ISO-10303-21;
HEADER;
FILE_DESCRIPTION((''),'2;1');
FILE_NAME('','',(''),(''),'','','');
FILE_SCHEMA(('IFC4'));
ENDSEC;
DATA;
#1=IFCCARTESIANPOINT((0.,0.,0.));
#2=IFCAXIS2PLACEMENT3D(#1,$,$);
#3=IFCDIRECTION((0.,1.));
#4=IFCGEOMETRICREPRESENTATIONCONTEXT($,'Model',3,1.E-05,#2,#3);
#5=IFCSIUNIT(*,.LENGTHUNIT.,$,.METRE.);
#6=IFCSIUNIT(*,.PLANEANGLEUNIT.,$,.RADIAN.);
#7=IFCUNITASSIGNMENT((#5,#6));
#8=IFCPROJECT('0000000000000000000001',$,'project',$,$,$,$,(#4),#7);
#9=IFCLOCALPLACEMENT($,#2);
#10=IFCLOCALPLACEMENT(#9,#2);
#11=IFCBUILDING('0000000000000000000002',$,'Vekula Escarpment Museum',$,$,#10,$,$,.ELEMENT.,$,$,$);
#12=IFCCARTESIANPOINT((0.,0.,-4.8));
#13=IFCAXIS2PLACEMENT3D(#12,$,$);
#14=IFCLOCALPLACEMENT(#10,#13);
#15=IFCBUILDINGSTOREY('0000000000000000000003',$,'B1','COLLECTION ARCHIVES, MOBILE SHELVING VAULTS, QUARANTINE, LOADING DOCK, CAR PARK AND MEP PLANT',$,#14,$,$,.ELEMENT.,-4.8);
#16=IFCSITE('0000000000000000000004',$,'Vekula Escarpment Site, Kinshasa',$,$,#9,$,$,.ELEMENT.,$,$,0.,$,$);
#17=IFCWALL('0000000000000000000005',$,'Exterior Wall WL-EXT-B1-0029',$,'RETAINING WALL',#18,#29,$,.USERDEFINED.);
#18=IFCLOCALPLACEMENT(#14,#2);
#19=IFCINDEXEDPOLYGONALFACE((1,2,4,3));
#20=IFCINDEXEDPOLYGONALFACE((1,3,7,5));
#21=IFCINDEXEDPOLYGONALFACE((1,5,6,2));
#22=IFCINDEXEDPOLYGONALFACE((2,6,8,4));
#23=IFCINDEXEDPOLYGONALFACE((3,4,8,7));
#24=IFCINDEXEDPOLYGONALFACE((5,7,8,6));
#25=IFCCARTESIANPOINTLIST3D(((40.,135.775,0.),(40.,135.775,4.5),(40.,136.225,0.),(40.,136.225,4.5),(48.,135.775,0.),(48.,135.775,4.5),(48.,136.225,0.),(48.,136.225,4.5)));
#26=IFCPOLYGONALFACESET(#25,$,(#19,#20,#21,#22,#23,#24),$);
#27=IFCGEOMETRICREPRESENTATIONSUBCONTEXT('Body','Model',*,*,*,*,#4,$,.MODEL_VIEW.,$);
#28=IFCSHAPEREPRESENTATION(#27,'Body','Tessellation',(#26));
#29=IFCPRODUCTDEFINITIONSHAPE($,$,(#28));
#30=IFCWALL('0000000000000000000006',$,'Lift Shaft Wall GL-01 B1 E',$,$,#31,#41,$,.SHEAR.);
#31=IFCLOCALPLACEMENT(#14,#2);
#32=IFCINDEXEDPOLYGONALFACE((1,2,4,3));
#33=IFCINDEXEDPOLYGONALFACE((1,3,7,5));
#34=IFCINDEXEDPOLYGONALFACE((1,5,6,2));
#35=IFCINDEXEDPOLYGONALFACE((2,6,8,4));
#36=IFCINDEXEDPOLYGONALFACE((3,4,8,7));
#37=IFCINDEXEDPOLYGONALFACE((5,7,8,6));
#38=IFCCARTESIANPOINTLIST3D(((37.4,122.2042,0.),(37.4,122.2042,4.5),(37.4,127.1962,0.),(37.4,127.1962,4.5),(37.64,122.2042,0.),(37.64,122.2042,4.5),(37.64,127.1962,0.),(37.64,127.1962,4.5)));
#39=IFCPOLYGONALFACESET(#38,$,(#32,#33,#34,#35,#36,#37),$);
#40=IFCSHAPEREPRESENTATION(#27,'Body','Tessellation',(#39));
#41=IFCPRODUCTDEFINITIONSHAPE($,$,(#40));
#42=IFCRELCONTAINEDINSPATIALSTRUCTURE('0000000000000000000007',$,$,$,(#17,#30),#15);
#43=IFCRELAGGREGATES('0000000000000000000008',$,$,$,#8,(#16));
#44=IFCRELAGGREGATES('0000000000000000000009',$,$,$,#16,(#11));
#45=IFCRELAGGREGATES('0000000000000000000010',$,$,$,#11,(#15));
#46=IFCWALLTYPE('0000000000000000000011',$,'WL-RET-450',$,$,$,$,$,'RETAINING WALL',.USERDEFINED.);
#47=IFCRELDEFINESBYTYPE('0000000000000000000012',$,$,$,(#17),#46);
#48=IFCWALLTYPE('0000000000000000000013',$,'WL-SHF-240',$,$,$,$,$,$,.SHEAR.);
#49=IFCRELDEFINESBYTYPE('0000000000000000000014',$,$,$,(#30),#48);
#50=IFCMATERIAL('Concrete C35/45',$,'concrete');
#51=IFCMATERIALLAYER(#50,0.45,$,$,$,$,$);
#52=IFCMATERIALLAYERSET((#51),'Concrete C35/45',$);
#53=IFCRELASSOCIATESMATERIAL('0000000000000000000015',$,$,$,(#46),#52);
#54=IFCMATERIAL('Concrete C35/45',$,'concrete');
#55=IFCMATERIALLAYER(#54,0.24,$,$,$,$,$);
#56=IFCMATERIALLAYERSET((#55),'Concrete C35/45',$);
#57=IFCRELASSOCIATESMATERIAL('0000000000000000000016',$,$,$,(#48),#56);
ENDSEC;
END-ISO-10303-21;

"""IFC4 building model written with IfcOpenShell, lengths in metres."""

from ifc_helpers import new_model, si_unit, direction, frame, frame_2d, origin, place, context, subcontext, project, spatial, rectangle, extrude, material, layer, layer_set, type_object, element, save


model = new_model("IFC4")

# Units and contexts
model_context = context("Model", 3, precision=1e-05, world=origin(), true_north=direction((0.0, 1.0)))
body_context = subcontext(model_context, "Body", "Model", "MODEL_VIEW")
ifc_project = project(units=[si_unit("LENGTHUNIT", "METRE"), si_unit("PLANEANGLEUNIT", "RADIAN")], contexts=[model_context])

# Site, building, storey
site_placement = place(None, origin())
site = spatial("IfcSite", under=ifc_project, at=site_placement, Name="Vekula Escarpment Site, Kinshasa", CompositionType="ELEMENT", RefElevation=0.0)
building_placement = place(site_placement, origin())
building = spatial("IfcBuilding", under=site, at=building_placement, Name="Vekula Escarpment Museum", CompositionType="ELEMENT")
storey_placement = place(building_placement, frame((0.0, 0.0, -4.8)))
storey = spatial("IfcBuildingStorey", under=building, at=storey_placement, Name="B1", Description="COLLECTION ARCHIVES, MOBILE SHELVING VAULTS, QUARANTINE, LOADING DOCK, CAR PARK AND MEP PLANT", CompositionType="ELEMENT", Elevation=-4.8)

# Walls
ifc_material_1 = material(Name="Concrete C35/45", Category="concrete")
ifc_layer_1 = layer(ifc_material_1, 0.45)
ifc_layer_set_1 = layer_set([ifc_layer_1], Name="Concrete C35/45")
wall_type_1 = type_object("IfcWallType", Name="WL-RET-450", ElementType="RETAINING WALL", PredefinedType="USERDEFINED", material=ifc_layer_set_1)
wall_1_placement = place(storey_placement, frame((40.0, 136.0, 0.0), z_axis=(0.0, 0.0, 1.0), x_axis=(1.0, 0.0, 0.0)))
element("IfcWall", 1, at=wall_1_placement, inside=storey, type_object=wall_type_1, Name="Exterior Wall WL-EXT-B1-0029", ObjectType="RETAINING WALL", PredefinedType="USERDEFINED", context=body_context, shape_type="SweptSolid", body=[
    extrude(rectangle(XDim=8.0, YDim=0.45, at=frame_2d((4.0, 0.0))), origin(), (0.0, 0.0, 1.0), 4.5),
])
ifc_material_2 = material(Name="Concrete C35/45", Category="concrete")
ifc_layer_2 = layer(ifc_material_2, 0.24)
ifc_layer_set_2 = layer_set([ifc_layer_2], Name="Concrete C35/45")
wall_type_2 = type_object("IfcWallType", Name="WL-SHF-240", PredefinedType="SHEAR", material=ifc_layer_set_2)
wall_2_placement = place(storey_placement, frame((37.52, 122.2041, 0.0), z_axis=(0.0, 0.0, 1.0), x_axis=(0.0, 1.0, 0.0)))
element("IfcWall", 2, at=wall_2_placement, inside=storey, type_object=wall_type_2, Name="Lift Shaft Wall GL-01 B1 E", PredefinedType="SHEAR", context=body_context, shape_type="SweptSolid", body=[
    extrude(rectangle(XDim=4.9919, YDim=0.24, at=frame_2d((2.4961, 0.0))), origin(), (0.0, 0.0, 1.0), 4.5),
])

save(model, "model.ifc")
